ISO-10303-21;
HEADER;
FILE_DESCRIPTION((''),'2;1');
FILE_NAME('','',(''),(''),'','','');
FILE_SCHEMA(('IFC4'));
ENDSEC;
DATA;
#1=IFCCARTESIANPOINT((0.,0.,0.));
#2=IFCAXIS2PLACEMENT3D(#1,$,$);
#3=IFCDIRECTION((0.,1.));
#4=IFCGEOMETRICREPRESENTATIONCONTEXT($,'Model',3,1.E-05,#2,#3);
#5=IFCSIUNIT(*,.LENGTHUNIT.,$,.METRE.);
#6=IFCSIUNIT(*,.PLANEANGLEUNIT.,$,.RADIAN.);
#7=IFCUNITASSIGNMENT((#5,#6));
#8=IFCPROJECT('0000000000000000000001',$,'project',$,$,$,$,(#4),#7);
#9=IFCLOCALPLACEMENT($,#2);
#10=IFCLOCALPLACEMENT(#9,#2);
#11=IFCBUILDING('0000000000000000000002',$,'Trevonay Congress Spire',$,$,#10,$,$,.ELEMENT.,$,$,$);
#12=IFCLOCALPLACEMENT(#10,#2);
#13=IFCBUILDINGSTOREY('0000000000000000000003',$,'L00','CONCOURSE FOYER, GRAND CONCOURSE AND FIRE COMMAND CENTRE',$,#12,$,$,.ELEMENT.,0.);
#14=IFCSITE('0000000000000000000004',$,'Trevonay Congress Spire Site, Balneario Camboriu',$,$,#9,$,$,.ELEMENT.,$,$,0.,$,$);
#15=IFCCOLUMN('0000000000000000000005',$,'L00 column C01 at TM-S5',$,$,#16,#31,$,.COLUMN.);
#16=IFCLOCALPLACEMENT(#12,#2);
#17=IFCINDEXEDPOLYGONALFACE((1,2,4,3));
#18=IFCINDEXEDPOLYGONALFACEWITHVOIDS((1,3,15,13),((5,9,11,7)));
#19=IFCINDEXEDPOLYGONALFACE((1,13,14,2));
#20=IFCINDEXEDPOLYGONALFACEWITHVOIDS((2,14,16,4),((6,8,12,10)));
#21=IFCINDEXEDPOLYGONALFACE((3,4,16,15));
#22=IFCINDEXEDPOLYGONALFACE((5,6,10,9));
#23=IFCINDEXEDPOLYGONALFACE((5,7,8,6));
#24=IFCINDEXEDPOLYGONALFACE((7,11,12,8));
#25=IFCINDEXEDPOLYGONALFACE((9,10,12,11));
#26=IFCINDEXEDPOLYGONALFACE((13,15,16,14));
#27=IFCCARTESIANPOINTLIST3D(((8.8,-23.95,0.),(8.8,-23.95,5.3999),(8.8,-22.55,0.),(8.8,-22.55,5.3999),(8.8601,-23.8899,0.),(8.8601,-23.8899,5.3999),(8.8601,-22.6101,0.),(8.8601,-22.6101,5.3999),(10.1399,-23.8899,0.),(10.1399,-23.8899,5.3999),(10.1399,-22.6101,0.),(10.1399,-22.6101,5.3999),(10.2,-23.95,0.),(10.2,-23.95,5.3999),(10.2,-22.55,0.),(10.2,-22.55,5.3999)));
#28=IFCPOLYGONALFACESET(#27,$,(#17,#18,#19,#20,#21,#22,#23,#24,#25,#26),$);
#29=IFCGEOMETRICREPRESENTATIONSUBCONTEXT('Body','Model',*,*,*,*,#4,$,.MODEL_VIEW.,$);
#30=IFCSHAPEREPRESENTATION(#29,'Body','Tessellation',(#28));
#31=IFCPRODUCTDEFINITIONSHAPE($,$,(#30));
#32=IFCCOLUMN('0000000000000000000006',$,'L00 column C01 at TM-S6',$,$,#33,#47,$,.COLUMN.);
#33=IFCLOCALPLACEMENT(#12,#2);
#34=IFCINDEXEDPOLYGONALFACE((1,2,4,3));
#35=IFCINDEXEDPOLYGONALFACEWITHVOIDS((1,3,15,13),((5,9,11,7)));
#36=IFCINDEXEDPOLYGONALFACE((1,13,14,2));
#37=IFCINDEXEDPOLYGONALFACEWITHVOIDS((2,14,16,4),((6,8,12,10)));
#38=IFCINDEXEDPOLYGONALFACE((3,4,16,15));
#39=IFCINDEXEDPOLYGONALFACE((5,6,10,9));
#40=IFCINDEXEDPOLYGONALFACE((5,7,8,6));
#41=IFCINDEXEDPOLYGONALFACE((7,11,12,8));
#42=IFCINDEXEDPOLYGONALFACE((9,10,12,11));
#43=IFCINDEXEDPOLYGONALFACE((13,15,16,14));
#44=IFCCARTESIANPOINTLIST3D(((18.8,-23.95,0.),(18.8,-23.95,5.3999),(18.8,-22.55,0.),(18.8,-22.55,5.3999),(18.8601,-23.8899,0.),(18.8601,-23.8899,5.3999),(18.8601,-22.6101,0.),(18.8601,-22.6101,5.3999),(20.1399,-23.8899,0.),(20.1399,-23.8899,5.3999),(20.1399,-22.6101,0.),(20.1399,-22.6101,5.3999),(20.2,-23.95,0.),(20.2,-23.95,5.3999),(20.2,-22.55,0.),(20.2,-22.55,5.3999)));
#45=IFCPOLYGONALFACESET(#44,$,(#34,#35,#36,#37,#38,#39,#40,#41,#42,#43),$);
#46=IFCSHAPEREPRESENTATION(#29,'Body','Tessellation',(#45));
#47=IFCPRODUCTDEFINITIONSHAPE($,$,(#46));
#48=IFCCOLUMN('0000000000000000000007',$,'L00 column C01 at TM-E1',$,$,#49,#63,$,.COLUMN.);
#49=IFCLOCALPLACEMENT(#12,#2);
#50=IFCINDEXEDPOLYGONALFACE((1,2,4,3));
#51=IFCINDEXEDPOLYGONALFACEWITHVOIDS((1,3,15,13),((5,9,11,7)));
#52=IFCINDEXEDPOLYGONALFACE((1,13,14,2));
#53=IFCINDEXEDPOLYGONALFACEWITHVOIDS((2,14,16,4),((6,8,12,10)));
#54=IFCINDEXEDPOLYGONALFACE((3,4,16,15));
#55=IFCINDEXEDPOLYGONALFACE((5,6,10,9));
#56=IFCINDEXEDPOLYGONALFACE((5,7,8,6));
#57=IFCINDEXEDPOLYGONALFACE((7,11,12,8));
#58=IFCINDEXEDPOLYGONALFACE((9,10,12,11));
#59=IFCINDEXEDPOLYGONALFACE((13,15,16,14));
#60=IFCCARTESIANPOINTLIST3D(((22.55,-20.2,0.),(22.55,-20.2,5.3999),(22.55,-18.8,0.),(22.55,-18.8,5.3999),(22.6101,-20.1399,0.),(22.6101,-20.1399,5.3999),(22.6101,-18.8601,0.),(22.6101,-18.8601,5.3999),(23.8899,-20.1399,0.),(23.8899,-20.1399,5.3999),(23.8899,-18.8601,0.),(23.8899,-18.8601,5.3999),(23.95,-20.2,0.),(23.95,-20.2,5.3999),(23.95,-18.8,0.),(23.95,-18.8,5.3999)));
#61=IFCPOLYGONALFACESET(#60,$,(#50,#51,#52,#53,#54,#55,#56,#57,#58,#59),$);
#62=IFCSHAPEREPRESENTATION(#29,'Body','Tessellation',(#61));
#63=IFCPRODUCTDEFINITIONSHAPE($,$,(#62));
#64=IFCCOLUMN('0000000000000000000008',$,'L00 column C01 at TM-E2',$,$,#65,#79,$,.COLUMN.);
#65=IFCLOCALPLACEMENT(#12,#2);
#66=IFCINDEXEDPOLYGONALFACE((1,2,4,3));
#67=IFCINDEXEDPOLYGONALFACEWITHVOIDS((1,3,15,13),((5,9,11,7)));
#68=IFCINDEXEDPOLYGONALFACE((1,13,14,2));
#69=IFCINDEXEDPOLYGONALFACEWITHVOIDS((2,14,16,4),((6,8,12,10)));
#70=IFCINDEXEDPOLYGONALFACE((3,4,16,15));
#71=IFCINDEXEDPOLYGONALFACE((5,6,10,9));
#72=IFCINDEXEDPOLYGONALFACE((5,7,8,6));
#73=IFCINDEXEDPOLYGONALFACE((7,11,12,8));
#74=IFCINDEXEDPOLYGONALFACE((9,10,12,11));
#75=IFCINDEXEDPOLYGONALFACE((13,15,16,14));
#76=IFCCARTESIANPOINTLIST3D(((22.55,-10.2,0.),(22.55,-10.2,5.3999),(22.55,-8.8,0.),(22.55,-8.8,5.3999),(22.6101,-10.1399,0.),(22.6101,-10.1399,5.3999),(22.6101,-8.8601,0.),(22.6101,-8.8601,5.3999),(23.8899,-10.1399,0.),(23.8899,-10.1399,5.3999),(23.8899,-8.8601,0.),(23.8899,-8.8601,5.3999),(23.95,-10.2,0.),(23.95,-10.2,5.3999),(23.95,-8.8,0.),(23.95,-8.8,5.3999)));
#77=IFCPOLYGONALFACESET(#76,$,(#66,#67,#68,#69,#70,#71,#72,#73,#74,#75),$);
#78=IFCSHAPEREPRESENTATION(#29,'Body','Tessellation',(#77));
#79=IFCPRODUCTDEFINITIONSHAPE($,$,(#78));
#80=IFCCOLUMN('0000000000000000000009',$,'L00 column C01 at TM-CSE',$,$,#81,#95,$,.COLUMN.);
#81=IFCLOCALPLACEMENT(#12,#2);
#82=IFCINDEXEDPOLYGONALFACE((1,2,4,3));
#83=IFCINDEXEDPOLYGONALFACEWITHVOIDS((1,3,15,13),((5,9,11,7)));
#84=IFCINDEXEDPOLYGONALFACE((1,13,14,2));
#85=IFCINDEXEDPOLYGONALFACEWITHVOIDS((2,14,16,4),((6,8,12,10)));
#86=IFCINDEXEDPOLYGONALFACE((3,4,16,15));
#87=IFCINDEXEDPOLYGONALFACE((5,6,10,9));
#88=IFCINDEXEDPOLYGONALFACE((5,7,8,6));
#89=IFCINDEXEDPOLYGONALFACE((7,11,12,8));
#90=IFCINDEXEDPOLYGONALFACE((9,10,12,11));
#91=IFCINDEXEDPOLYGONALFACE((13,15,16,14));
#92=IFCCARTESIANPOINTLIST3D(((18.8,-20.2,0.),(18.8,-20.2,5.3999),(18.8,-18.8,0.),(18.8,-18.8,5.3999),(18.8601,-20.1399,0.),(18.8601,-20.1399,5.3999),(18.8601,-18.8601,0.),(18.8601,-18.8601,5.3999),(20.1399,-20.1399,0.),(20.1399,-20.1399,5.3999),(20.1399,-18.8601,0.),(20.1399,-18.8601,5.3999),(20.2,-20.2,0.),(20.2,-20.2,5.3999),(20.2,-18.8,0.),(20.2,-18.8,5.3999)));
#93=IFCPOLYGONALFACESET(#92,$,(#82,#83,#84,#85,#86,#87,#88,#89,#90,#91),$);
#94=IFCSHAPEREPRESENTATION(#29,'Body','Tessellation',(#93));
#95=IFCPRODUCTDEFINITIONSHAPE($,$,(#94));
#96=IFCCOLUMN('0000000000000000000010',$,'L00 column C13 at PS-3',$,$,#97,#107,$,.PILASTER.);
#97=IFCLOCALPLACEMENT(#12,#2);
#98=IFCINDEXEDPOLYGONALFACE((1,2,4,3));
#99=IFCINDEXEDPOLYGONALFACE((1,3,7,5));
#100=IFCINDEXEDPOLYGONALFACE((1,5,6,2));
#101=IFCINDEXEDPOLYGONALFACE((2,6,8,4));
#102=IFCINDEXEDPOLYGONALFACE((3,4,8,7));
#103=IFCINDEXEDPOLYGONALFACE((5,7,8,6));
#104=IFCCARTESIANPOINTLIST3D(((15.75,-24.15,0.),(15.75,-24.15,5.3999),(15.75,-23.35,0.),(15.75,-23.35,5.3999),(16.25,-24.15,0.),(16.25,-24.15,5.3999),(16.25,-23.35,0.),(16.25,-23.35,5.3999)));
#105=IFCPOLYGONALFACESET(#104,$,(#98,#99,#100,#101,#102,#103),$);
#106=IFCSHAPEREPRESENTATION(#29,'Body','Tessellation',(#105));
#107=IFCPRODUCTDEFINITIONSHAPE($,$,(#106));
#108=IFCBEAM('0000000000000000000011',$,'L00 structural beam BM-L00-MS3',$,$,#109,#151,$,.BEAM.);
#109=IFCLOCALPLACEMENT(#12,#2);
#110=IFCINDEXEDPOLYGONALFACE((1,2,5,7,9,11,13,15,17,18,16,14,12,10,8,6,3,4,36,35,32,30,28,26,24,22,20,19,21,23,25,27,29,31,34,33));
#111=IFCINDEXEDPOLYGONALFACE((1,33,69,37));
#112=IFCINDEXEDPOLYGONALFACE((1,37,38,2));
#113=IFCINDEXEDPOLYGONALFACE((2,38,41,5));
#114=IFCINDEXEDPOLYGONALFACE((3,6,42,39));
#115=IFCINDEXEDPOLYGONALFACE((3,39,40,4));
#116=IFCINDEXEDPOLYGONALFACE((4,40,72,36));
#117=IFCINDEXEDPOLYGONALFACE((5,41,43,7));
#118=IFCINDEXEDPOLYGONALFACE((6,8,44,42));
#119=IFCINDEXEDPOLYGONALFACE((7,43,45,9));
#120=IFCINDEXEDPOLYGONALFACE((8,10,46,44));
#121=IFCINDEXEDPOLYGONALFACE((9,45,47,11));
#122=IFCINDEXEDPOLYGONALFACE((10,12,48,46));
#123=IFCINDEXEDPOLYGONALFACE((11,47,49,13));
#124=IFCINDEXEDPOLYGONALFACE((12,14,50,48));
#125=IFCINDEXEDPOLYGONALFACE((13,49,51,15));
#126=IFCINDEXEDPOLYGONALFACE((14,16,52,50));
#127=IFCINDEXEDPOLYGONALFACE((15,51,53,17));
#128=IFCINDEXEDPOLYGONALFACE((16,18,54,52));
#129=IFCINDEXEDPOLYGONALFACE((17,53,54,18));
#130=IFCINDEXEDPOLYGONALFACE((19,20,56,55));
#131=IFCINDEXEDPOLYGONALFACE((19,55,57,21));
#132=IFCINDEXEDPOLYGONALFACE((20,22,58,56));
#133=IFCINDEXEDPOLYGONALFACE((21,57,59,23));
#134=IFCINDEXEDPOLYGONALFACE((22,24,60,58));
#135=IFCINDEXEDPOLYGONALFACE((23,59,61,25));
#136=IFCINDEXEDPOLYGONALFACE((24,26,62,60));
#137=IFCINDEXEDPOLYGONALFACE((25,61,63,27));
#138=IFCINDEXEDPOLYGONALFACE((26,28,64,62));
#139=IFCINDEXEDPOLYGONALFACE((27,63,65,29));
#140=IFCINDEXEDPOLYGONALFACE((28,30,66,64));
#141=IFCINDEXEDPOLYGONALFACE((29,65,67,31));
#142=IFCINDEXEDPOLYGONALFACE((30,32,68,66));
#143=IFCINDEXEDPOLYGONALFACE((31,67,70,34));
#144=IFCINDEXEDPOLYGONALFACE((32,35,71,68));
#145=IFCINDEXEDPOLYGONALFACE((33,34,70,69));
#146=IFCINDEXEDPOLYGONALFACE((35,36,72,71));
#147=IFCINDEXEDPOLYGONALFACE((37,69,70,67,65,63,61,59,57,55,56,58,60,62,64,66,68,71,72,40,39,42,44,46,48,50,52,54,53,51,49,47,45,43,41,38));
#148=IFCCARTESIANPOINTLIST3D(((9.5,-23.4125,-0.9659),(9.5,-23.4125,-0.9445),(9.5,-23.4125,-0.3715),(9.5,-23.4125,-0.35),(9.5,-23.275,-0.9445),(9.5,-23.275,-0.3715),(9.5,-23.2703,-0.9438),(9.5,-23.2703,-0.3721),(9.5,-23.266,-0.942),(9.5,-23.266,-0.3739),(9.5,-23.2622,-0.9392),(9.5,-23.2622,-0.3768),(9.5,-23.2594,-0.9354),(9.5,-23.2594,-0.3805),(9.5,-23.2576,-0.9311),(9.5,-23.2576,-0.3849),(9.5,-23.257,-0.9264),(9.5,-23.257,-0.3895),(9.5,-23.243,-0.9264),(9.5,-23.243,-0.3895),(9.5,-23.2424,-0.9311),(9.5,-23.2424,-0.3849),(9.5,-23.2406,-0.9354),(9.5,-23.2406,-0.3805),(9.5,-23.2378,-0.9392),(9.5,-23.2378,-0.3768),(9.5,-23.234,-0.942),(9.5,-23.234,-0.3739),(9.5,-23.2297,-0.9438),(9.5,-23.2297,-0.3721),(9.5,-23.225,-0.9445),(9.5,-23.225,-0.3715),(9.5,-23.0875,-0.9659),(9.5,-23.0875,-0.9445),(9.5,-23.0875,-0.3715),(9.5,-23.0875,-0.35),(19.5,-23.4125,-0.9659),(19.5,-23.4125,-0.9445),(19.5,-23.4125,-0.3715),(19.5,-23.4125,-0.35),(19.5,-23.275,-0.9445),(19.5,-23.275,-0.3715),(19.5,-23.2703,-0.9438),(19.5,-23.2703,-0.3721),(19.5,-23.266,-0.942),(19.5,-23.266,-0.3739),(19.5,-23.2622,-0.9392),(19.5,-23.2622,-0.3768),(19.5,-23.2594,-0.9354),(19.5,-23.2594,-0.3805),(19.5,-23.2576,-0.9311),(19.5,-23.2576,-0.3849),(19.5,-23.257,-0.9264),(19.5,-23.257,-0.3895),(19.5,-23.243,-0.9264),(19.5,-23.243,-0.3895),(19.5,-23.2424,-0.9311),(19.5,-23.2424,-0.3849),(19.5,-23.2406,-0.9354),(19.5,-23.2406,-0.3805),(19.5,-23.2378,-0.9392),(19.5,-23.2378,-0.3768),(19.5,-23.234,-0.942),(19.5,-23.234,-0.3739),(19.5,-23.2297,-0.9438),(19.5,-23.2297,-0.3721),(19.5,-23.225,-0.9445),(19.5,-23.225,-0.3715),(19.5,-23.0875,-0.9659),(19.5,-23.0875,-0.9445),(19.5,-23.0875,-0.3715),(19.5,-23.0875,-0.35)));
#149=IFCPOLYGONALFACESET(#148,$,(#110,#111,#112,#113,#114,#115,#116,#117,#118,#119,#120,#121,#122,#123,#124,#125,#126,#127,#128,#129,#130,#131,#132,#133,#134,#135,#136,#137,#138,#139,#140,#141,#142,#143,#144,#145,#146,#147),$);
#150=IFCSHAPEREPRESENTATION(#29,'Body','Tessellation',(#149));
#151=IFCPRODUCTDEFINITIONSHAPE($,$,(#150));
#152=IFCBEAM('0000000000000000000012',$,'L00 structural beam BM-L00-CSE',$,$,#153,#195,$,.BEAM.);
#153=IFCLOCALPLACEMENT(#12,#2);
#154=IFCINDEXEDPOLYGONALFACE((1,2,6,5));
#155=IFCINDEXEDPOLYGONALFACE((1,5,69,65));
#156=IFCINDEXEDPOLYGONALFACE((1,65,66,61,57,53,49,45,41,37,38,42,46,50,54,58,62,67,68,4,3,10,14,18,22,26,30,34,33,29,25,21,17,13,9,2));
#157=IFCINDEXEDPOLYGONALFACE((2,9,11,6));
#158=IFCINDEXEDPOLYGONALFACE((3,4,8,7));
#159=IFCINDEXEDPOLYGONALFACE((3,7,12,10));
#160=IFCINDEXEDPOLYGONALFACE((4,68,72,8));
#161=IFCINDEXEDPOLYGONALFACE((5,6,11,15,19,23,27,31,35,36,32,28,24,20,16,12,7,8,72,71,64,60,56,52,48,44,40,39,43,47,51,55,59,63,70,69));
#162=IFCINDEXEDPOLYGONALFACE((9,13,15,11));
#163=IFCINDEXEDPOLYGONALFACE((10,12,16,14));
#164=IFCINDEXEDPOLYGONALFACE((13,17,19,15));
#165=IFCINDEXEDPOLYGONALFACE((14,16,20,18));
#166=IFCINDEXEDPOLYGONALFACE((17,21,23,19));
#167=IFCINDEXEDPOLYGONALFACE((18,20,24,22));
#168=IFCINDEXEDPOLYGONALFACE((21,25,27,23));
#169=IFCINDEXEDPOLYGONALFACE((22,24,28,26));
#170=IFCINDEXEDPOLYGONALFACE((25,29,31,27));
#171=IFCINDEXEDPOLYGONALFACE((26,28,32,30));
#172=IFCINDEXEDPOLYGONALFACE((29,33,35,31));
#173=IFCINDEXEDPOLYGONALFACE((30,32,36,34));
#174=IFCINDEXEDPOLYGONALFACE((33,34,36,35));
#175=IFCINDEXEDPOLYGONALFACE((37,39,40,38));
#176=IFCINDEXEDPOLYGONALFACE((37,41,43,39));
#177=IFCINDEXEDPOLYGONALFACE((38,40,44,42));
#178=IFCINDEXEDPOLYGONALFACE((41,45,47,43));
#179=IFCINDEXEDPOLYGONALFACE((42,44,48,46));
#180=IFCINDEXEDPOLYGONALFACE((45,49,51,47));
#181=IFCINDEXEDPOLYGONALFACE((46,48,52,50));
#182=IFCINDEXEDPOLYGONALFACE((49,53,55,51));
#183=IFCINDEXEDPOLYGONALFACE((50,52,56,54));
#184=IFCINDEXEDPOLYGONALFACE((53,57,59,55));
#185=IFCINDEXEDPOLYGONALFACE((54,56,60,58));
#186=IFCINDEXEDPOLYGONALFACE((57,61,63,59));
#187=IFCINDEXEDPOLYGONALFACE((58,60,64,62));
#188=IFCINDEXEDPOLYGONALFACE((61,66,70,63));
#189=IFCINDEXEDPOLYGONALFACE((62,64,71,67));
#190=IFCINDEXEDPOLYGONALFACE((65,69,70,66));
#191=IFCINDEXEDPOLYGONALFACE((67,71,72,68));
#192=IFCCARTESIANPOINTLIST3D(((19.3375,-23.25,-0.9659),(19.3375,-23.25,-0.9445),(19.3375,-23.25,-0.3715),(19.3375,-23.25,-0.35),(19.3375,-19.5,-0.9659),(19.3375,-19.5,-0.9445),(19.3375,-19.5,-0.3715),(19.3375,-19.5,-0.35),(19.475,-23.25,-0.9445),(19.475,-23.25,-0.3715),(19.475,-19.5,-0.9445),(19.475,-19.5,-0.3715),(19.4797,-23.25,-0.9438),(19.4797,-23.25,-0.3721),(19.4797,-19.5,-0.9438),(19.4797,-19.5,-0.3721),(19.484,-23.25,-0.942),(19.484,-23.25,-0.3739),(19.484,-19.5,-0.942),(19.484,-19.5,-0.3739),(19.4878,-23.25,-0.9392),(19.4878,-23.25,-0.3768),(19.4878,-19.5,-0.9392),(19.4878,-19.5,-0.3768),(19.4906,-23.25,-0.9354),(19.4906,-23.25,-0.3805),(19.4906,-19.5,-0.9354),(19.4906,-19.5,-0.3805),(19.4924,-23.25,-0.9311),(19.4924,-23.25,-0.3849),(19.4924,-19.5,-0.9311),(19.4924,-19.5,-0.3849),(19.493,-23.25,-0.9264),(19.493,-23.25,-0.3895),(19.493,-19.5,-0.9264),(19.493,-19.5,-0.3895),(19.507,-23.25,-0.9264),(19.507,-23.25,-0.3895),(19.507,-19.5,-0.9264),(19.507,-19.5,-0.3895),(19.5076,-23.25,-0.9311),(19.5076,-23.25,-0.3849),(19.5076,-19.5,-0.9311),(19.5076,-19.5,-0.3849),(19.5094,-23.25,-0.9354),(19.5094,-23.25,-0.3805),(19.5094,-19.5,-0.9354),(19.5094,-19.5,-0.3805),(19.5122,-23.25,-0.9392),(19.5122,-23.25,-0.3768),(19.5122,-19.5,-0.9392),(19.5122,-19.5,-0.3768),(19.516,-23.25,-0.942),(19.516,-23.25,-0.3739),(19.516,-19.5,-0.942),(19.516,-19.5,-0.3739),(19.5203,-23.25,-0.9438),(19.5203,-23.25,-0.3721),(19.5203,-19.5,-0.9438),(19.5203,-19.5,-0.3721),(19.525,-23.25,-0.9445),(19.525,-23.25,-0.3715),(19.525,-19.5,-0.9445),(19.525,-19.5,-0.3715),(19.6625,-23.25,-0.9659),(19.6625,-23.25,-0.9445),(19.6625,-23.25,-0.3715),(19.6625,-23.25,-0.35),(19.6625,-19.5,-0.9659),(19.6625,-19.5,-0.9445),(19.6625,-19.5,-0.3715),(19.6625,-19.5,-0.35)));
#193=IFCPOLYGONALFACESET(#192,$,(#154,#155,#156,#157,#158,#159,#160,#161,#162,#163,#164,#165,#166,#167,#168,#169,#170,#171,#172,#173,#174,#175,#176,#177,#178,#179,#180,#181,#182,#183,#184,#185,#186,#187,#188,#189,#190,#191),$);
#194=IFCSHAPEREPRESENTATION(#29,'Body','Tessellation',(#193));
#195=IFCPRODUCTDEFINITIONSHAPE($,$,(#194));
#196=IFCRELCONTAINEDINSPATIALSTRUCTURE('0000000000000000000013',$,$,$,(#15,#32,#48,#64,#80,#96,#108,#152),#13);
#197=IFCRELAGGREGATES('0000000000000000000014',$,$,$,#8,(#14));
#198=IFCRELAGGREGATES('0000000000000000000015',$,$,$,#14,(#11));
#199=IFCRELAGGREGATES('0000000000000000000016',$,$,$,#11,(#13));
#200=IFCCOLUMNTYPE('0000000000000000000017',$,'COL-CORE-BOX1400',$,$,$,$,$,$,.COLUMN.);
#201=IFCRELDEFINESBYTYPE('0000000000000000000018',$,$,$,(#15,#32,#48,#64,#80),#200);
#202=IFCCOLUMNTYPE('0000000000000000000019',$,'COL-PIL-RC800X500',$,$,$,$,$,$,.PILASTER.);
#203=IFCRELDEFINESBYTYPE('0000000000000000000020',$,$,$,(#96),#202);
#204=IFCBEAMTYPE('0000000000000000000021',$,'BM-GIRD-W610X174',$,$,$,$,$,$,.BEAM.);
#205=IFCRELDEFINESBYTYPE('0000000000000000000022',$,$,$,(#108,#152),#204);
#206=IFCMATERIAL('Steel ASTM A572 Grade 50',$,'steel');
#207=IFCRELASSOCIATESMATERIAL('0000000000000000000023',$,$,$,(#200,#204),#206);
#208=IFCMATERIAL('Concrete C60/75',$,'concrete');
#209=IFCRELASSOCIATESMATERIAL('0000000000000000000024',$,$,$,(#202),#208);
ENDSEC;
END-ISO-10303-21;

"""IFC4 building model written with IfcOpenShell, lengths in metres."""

from ifc_helpers import new_model, si_unit, direction, frame, origin, origin_2d, place, context, subcontext, project, spatial, rectangle, hollow_rectangle, i_section, extrude, material, material_profile, profile_set, type_object, element, save


model = new_model("IFC4")

# Units and contexts
model_context = context("Model", 3, precision=1e-05, world=origin(), true_north=direction((0.0, 1.0)))
body_context = subcontext(model_context, "Body", "Model", "MODEL_VIEW")
ifc_project = project(units=[si_unit("LENGTHUNIT", "METRE"), si_unit("PLANEANGLEUNIT", "RADIAN")], contexts=[model_context])

# Site, building, storey
site_placement = place(None, origin())
site = spatial("IfcSite", under=ifc_project, at=site_placement, Name="Trevonay Congress Spire Site, Balneario Camboriu", CompositionType="ELEMENT", RefElevation=0.0)
building_placement = place(site_placement, origin())
building = spatial("IfcBuilding", under=site, at=building_placement, Name="Trevonay Congress Spire", CompositionType="ELEMENT")
storey_placement = place(building_placement, origin())
storey = spatial("IfcBuildingStorey", under=building, at=storey_placement, Name="L00", Description="CONCOURSE FOYER, GRAND CONCOURSE AND FIRE COMMAND CENTRE", CompositionType="ELEMENT", Elevation=0.0)

# Columns
ifc_material_1 = material(Name="Steel ASTM A572 Grade 50", Category="steel")
ifc_material_profile_1 = material_profile(ifc_material_1, hollow_rectangle(XDim=1.3999, YDim=1.3999, WallThickness=0.0601, at=origin_2d()), Name="BOX 1400x1400x60")
ifc_profile_set_1 = profile_set([ifc_material_profile_1], Name="Steel ASTM A572 Grade 50")
column_type_1 = type_object("IfcColumnType", Name="COL-CORE-BOX1400", PredefinedType="COLUMN", material=ifc_profile_set_1)
for number, where, z_axis, x_axis, name in (
    (1, (9.5, -23.25, 0.0), (0.0, 0.0, 1.0), (1.0, 0.0, 0.0), "L00 column C01 at TM-S5"),
    (2, (19.5, -23.25, 0.0), (0.0, 0.0, 1.0), (1.0, 0.0, 0.0), "L00 column C01 at TM-S6"),
    (3, (23.25, -19.5, 0.0), (0.0, 0.0, 1.0), (1.0, 0.0, 0.0), "L00 column C01 at TM-E1"),
    (4, (23.25, -9.5, 0.0), (0.0, 0.0, 1.0), (1.0, 0.0, 0.0), "L00 column C01 at TM-E2"),
    (5, (19.5, -19.5, 0.0), (0.0, 0.0, 1.0), (1.0, 0.0, 0.0), "L00 column C01 at TM-CSE"),
):
    element("IfcColumn", number, at=place(storey_placement, frame(where, z_axis=z_axis, x_axis=x_axis)), inside=storey, type_object=column_type_1, Name=name, PredefinedType="COLUMN", context=body_context, shape_type="SweptSolid", body=[
        extrude(hollow_rectangle(XDim=1.3999, YDim=1.3999, WallThickness=0.0601, at=origin_2d()), origin(), (0.0, 0.0, 1.0), 5.3999),
    ])
ifc_material_2 = material(Name="Concrete C60/75", Category="concrete")
ifc_material_profile_2 = material_profile(ifc_material_2, rectangle(XDim=0.5, YDim=0.8, at=origin_2d()), Name="RC 800x500")
ifc_profile_set_2 = profile_set([ifc_material_profile_2], Name="Concrete C60/75")
column_type_2 = type_object("IfcColumnType", Name="COL-PIL-RC800X500", PredefinedType="PILASTER", material=ifc_profile_set_2)
column_placement = place(storey_placement, frame((16.0, -23.75, 0.0), z_axis=(0.0, 0.0, 1.0), x_axis=(1.0, 0.0, 0.0)))
element("IfcColumn", 6, at=column_placement, inside=storey, type_object=column_type_2, Name="L00 column C13 at PS-3", PredefinedType="PILASTER", context=body_context, shape_type="SweptSolid", body=[
    extrude(rectangle(XDim=0.5, YDim=0.8, at=origin_2d()), origin(), (0.0, 0.0, 1.0), 5.3999),
])

# Beams
ifc_material_profile_3 = material_profile(ifc_material_1, i_section(OverallWidth=0.325, OverallDepth=0.616, WebThickness=0.0139, FlangeThickness=0.0215, FilletRadius=0.0181, at=origin_2d()), Name="W610x174")
ifc_profile_set_3 = profile_set([ifc_material_profile_3], Name="Steel ASTM A572 Grade 50")
beam_type_1 = type_object("IfcBeamType", Name="BM-GIRD-W610X174", PredefinedType="BEAM", material=ifc_profile_set_3)
beam_1_placement = place(storey_placement, frame((9.5, -23.25, -0.658), z_axis=(1.0, 0.0, 0.0), x_axis=(0.0, 1.0, 0.0)))
element("IfcBeam", 7, at=beam_1_placement, inside=storey, type_object=beam_type_1, Name="L00 structural beam BM-L00-MS3", PredefinedType="BEAM", context=body_context, shape_type="SweptSolid", body=[
    extrude(i_section(OverallWidth=0.325, OverallDepth=0.616, WebThickness=0.0139, FlangeThickness=0.0215, FilletRadius=0.0181, at=origin_2d()), origin(), (0.0, 0.0, 1.0), 10.0),
])
beam_2_placement = place(storey_placement, frame((19.5, -23.25, -0.658), z_axis=(0.0, 1.0, 0.0), x_axis=(-1.0, 0.0, 0.0)))
element("IfcBeam", 8, at=beam_2_placement, inside=storey, type_object=beam_type_1, Name="L00 structural beam BM-L00-CSE", PredefinedType="BEAM", context=body_context, shape_type="SweptSolid", body=[
    extrude(i_section(OverallWidth=0.325, OverallDepth=0.616, WebThickness=0.0139, FlangeThickness=0.0215, FilletRadius=0.0181, at=origin_2d()), origin(), (0.0, 0.0, 1.0), 3.75),
])

save(model, "model.ifc")
